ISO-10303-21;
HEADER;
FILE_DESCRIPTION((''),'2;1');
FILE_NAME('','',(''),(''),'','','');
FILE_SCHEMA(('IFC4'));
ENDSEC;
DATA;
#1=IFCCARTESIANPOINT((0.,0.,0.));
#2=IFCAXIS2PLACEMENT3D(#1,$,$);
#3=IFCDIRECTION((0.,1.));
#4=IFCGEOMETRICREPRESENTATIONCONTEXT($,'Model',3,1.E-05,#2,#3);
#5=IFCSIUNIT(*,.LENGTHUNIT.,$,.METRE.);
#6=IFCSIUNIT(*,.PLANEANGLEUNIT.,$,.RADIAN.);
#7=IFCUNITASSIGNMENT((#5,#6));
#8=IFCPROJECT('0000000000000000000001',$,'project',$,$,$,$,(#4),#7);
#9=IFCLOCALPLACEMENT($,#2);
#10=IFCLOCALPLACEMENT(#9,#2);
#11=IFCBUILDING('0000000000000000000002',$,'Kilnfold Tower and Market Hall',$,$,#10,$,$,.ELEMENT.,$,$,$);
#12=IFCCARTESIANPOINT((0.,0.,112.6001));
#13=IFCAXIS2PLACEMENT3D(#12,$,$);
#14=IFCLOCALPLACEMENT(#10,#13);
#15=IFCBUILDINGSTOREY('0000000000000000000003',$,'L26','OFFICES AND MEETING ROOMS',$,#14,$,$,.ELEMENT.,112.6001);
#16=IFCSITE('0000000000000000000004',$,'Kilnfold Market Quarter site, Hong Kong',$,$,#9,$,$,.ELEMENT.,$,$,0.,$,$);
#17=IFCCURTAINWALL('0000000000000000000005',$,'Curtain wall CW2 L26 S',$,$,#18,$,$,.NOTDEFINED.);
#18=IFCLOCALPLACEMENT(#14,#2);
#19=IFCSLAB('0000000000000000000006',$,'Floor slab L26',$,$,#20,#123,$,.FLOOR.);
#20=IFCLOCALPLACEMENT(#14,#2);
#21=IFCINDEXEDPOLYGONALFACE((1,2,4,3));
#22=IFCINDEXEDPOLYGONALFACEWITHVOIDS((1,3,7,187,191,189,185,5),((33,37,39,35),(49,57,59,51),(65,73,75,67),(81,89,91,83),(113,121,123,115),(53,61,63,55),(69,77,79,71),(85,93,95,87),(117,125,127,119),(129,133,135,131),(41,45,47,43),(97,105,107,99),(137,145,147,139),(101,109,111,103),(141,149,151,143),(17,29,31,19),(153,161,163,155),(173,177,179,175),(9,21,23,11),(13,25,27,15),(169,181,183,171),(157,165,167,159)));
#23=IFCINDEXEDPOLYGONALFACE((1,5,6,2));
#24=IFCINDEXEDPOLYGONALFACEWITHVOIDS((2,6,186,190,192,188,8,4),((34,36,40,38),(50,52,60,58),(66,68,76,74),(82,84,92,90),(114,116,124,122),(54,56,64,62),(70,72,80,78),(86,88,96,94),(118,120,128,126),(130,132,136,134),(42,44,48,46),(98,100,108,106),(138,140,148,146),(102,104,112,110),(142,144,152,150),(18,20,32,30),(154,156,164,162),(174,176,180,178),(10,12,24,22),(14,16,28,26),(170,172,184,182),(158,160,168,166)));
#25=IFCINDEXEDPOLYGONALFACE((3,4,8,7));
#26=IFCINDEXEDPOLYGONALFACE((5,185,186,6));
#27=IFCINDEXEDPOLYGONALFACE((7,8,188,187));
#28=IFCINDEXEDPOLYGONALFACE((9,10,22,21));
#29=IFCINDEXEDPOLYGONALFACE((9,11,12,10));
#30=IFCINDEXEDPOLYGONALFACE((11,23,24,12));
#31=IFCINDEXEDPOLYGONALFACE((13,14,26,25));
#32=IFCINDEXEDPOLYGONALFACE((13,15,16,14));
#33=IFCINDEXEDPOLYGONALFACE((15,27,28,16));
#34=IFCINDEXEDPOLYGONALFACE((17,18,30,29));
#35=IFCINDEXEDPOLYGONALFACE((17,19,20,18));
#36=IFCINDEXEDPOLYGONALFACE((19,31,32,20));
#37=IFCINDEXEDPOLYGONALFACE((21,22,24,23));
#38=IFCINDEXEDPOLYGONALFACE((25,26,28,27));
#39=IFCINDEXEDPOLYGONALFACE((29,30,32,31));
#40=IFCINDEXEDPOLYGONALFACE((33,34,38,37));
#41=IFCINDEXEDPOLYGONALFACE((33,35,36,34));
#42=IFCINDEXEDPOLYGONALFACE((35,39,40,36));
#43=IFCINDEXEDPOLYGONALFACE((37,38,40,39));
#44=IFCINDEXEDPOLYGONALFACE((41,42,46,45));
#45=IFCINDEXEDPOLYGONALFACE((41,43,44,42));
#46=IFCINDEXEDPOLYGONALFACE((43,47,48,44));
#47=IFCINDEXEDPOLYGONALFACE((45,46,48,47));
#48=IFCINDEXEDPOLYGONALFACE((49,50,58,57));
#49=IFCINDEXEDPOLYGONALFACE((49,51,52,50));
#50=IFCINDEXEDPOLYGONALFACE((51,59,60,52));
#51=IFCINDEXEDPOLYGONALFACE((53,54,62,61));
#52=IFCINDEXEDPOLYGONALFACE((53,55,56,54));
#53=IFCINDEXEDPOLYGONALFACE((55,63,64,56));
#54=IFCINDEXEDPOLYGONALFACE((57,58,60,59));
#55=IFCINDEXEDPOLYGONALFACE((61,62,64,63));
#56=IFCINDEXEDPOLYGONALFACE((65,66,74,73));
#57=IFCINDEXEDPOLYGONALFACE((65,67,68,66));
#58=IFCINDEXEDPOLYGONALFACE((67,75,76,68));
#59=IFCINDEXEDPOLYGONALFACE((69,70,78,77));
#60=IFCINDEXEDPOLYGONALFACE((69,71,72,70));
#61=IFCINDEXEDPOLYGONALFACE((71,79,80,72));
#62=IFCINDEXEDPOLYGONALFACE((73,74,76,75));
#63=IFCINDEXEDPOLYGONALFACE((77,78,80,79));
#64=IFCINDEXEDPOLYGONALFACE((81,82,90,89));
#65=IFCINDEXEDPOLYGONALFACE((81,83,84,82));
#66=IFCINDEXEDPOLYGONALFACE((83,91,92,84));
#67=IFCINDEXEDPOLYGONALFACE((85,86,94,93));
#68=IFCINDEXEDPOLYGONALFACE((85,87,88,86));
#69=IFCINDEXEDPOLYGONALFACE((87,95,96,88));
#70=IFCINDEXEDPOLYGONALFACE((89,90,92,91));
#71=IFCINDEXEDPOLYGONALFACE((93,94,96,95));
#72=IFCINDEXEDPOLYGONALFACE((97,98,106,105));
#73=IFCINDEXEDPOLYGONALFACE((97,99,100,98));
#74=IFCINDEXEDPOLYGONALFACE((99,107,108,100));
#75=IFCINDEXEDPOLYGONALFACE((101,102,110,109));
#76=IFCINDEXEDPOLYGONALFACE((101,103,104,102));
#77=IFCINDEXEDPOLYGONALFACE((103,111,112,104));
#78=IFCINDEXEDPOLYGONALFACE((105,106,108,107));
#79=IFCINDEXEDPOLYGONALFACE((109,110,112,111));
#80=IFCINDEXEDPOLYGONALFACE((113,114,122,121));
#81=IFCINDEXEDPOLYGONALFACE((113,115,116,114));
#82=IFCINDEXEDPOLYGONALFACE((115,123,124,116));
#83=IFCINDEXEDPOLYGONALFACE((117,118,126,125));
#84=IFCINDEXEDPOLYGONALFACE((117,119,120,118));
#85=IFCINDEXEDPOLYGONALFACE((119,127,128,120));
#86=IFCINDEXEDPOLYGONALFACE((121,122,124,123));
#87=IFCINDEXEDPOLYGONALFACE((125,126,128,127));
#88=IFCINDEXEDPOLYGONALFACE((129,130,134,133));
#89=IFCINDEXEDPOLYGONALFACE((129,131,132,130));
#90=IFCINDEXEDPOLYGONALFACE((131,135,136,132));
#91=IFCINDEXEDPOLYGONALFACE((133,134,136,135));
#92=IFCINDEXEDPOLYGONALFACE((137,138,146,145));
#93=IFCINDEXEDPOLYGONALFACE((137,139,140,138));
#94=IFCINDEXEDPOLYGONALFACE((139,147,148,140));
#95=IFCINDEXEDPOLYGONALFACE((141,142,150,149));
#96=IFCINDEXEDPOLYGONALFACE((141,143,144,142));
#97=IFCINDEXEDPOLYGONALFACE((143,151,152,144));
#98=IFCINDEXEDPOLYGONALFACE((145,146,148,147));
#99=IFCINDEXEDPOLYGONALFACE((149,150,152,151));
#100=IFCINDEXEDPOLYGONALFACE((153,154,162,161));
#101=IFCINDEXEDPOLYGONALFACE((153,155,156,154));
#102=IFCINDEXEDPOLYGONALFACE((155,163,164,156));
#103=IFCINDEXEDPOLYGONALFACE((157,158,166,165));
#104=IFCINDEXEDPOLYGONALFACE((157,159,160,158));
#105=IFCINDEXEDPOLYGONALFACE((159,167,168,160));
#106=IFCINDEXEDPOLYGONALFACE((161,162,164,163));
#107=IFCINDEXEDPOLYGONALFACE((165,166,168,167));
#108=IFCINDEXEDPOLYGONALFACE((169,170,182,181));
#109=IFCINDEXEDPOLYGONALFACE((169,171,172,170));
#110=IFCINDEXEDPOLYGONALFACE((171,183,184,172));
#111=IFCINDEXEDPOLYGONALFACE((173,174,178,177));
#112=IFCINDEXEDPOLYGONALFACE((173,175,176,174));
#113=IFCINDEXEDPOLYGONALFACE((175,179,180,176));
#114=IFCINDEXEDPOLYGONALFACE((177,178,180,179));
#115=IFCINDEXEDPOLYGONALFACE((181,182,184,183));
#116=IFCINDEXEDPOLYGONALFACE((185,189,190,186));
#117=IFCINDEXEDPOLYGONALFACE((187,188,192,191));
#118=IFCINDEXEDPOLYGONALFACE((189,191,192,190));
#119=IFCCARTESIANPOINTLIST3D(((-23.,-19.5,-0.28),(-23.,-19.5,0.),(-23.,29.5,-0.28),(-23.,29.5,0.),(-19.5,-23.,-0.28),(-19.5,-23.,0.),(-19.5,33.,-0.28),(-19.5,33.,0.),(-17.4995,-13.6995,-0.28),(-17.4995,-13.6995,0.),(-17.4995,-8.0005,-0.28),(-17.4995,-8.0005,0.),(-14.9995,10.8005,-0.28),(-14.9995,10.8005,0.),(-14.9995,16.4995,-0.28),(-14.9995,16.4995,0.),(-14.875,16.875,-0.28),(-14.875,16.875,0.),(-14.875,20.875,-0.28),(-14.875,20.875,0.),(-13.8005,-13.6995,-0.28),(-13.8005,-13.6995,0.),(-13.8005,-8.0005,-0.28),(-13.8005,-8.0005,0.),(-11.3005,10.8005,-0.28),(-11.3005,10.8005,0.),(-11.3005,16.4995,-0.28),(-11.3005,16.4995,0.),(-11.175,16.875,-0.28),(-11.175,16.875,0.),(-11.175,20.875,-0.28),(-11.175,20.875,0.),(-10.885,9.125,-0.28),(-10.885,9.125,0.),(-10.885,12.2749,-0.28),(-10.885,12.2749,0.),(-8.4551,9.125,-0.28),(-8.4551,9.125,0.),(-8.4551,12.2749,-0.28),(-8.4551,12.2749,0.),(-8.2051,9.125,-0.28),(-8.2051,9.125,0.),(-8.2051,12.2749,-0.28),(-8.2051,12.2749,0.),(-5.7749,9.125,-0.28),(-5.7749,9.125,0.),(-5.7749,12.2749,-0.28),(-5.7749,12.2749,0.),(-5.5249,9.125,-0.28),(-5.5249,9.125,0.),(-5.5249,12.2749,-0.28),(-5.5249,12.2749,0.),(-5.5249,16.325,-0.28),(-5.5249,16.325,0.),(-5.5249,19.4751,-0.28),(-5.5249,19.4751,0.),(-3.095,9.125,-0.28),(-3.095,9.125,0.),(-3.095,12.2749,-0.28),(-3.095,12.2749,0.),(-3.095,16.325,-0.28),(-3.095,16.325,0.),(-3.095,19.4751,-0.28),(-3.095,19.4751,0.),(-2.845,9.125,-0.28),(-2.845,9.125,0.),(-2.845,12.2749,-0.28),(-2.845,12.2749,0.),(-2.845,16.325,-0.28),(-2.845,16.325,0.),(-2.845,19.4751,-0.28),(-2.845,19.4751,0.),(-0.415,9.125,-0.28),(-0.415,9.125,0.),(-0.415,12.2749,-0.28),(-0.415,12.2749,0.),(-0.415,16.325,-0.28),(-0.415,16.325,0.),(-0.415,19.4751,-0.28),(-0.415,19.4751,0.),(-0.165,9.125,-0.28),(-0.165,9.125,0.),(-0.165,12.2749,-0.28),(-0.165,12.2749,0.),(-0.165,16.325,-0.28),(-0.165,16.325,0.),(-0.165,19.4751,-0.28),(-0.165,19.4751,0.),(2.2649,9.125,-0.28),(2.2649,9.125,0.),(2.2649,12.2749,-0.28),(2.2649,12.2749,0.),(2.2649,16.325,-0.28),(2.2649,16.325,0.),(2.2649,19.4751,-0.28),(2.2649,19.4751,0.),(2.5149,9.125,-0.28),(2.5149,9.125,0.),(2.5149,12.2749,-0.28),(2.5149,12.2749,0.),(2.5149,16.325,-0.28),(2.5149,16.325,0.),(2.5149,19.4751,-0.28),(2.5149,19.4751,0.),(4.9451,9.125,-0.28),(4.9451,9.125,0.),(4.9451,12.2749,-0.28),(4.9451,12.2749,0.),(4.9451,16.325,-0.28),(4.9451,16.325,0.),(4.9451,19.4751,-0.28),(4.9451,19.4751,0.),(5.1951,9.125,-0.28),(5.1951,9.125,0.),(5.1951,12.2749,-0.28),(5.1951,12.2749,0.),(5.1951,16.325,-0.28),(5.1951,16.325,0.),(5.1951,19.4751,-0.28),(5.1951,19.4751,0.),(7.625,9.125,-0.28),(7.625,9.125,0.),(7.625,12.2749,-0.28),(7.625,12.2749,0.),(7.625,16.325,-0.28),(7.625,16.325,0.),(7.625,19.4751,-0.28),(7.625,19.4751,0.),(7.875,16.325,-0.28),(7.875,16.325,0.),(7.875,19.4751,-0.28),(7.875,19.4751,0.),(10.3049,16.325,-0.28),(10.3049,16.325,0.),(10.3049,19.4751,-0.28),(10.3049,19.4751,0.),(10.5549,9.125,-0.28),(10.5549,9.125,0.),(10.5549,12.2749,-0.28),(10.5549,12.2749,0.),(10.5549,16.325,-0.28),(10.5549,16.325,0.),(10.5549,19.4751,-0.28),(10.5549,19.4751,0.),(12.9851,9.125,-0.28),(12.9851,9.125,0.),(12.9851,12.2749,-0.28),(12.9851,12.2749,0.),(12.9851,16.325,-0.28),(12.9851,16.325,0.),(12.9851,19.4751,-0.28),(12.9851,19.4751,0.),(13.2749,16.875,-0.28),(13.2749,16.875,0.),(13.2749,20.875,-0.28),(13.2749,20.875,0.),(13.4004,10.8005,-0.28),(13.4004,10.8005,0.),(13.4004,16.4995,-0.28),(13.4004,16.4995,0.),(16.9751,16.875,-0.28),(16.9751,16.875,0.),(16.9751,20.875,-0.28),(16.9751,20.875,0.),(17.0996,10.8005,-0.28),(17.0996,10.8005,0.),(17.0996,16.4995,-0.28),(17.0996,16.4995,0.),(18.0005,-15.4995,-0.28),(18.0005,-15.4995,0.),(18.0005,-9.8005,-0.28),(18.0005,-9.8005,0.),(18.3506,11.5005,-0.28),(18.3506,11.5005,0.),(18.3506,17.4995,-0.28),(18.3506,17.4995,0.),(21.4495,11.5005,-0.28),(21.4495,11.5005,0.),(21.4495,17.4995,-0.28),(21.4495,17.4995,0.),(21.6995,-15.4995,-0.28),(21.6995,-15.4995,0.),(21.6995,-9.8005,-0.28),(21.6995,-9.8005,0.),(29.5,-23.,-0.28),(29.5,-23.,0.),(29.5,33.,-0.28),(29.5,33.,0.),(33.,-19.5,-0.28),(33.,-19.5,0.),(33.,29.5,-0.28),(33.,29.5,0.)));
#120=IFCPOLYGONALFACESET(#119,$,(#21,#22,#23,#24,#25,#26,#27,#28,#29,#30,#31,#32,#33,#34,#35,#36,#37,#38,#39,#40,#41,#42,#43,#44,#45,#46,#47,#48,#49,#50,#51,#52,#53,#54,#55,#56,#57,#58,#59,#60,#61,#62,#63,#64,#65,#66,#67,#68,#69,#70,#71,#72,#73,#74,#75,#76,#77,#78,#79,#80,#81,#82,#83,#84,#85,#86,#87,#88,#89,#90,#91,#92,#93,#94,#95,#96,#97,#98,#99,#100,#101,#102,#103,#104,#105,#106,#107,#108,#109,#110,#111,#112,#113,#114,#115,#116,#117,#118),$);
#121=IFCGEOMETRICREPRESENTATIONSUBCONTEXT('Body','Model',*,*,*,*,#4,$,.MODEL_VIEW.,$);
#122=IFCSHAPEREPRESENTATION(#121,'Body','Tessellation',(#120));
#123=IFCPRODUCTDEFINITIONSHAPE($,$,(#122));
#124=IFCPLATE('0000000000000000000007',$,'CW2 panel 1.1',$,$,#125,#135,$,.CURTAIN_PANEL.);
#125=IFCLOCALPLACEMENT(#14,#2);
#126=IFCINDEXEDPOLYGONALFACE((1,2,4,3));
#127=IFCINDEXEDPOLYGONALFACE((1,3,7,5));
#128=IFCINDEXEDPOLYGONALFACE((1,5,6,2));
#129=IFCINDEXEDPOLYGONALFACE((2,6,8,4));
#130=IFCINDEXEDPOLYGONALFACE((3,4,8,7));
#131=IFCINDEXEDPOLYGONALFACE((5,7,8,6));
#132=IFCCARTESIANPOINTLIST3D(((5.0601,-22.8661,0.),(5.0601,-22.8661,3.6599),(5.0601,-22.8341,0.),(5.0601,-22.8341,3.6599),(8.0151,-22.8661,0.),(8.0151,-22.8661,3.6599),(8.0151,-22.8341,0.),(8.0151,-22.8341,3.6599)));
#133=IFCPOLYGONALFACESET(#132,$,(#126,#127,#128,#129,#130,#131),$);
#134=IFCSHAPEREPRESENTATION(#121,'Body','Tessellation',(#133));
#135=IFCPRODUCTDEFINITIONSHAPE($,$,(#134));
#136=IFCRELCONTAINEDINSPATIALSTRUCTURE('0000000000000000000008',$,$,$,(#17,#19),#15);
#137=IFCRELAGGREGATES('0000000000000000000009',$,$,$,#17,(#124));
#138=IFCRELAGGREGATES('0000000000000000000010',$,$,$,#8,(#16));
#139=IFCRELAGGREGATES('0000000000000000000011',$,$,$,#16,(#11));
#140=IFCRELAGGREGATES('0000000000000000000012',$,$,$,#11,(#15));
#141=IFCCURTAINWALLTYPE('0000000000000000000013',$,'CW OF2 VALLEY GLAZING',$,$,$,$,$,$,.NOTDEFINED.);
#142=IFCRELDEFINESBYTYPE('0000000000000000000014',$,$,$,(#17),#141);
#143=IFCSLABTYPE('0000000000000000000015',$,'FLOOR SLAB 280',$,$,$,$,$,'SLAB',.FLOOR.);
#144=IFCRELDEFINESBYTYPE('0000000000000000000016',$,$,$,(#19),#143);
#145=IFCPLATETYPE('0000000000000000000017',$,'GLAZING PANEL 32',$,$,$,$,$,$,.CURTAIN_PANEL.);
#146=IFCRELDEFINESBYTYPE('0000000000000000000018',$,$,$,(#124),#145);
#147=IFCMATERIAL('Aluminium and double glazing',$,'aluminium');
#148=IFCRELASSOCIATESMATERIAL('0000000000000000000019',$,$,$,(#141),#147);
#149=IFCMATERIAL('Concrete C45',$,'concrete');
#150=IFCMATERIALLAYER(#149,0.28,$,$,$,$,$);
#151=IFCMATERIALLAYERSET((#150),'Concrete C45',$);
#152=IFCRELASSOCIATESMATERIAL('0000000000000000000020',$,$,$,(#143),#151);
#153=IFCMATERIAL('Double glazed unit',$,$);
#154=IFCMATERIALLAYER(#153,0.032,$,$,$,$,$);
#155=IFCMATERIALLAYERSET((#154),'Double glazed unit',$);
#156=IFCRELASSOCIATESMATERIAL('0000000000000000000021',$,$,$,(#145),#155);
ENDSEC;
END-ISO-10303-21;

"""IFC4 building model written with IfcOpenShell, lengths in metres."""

from ifc_helpers import new_model, si_unit, direction, frame, origin, origin_2d, place, context, subcontext, project, spatial, polyline, rectangle, outline, extrude, source, transform, mapped, material, layer, layer_set, type_object, element, aggregate, save


model = new_model("IFC4")

# Units and contexts
model_context = context("Model", 3, precision=1e-05, world=origin(), true_north=direction((0.0, 1.0)))
body_context = subcontext(model_context, "Body", "Model", "MODEL_VIEW")
ifc_project = project(units=[si_unit("LENGTHUNIT", "METRE"), si_unit("PLANEANGLEUNIT", "RADIAN")], contexts=[model_context])

# Site, building, storey
site_placement = place(None, origin())
site = spatial("IfcSite", under=ifc_project, at=site_placement, Name="Kilnfold Market Quarter site, Hong Kong", CompositionType="ELEMENT", RefElevation=0.0)
building_placement = place(site_placement, origin())
building = spatial("IfcBuilding", under=site, at=building_placement, Name="Kilnfold Tower and Market Hall", CompositionType="ELEMENT")
storey_placement = place(building_placement, frame((0.0, 0.0, 112.6001)))
storey = spatial("IfcBuildingStorey", under=building, at=storey_placement, Name="L26", Description="OFFICES AND MEETING ROOMS", CompositionType="ELEMENT", Elevation=112.6001)

# Curtain wall
ifc_material_1 = material(Name="Aluminium and double glazing", Category="aluminium")
curtain_wall_type = type_object("IfcCurtainWallType", Name="CW OF2 VALLEY GLAZING", PredefinedType="NOTDEFINED", material=ifc_material_1)
curtain_wall_placement = place(storey_placement, origin())
curtain_wall = element("IfcCurtainWall", 1, at=curtain_wall_placement, inside=storey, type_object=curtain_wall_type, Name="Curtain wall CW2 L26 S", PredefinedType="NOTDEFINED")

# Slab
ifc_material_2 = material(Name="Concrete C45", Category="concrete")
ifc_layer_1 = layer(ifc_material_2, 0.28)
ifc_layer_set_1 = layer_set([ifc_layer_1], Name="Concrete C45")
slab_type_1 = type_object("IfcSlabType", Name="FLOOR SLAB 280", ElementType="SLAB", PredefinedType="FLOOR", material=ifc_layer_set_1)
shared_shape_1 = source(origin(), body_context, "Body", "SweptSolid", [
    extrude(outline(polyline([(-19.5, -23.0), (29.5, -23.0), (33.0, -19.5), (33.0, 29.5), (29.5, 33.0), (-19.5, 33.0), (-23.0, 29.5), (-23.0, -19.5), (-19.5, -23.0)]), holes=[polyline([(-13.8005, -13.6995), (-17.4995, -13.6995), (-17.4995, -8.0005), (-13.8005, -8.0005), (-13.8005, -13.6995)]), polyline([(-14.9995, 10.8005), (-14.9995, 16.4995), (-11.3005, 16.4995), (-11.3005, 10.8005), (-14.9995, 10.8005)]), polyline([(-14.875, 16.875), (-14.875, 20.875), (-11.175, 20.875), (-11.175, 16.875), (-14.875, 16.875)]), polyline([(-8.4551, 9.125), (-10.885, 9.125), (-10.885, 12.2749), (-8.4551, 12.2749), (-8.4551, 9.125)]), polyline([(-5.7749, 9.125), (-8.2051, 9.125), (-8.2051, 12.2749), (-5.7749, 12.2749), (-5.7749, 9.125)]), polyline([(-5.5249, 9.125), (-5.5249, 12.2749), (-3.095, 12.2749), (-3.095, 9.125), (-5.5249, 9.125)]), polyline([(-5.5249, 16.325), (-5.5249, 19.4751), (-3.095, 19.4751), (-3.095, 16.325), (-5.5249, 16.325)]), polyline([(-2.845, 9.125), (-2.845, 12.2749), (-0.415, 12.2749), (-0.415, 9.125), (-2.845, 9.125)]), polyline([(-0.415, 16.325), (-2.845, 16.325), (-2.845, 19.4751), (-0.415, 19.4751), (-0.415, 16.325)]), polyline([(2.2649, 9.125), (-0.165, 9.125), (-0.165, 12.2749), (2.2649, 12.2749), (2.2649, 9.125)]), polyline([(-0.165, 16.325), (-0.165, 19.4751), (2.2649, 19.4751), (2.2649, 16.325), (-0.165, 16.325)]), polyline([(4.9451, 9.125), (2.5149, 9.125), (2.5149, 12.2749), (4.9451, 12.2749), (4.9451, 9.125)]), polyline([(2.5149, 16.325), (2.5149, 19.4751), (4.9451, 19.4751), (4.9451, 16.325), (2.5149, 16.325)]), polyline([(7.625, 9.125), (5.1951, 9.125), (5.1951, 12.2749), (7.625, 12.2749), (7.625, 9.125)]), polyline([(5.1951, 16.325), (5.1951, 19.4751), (7.625, 19.4751), (7.625, 16.325), (5.1951, 16.325)]), polyline([(10.3049, 16.325), (7.875, 16.325), (7.875, 19.4751), (10.3049, 19.4751), (10.3049, 16.325)]), polyline([(10.5549, 9.125), (10.5549, 12.2749), (12.9851, 12.2749), (12.9851, 9.125), (10.5549, 9.125)]), polyline([(10.5549, 16.325), (10.5549, 19.4751), (12.9851, 19.4751), (12.9851, 16.325), (10.5549, 16.325)]), polyline([(13.2749, 16.875), (13.2749, 20.875), (16.9751, 20.875), (16.9751, 16.875), (13.2749, 16.875)]), polyline([(13.4004, 10.8005), (13.4004, 16.4995), (17.0996, 16.4995), (17.0996, 10.8005), (13.4004, 10.8005)]), polyline([(18.0005, -9.8005), (21.6995, -9.8005), (21.6995, -15.4995), (18.0005, -15.4995), (18.0005, -9.8005)]), polyline([(21.4495, 11.5005), (18.3506, 11.5005), (18.3506, 17.4995), (21.4495, 17.4995), (21.4495, 11.5005)])]), origin(), (0.0, 0.0, 1.0), 0.28),
])
slab_1_placement = place(storey_placement, frame((0.0, 0.0, -0.28)))
element("IfcSlab", 2, at=slab_1_placement, inside=storey, type_object=slab_type_1, Name="Floor slab L26", PredefinedType="FLOOR", context=body_context, shape_type="MappedRepresentation", body=[
    mapped(shared_shape_1, transform((0.0, 0.0, 0.0))),
])

# Plate
ifc_material_3 = material(Name="Double glazed unit")
ifc_layer_2 = layer(ifc_material_3, 0.032)
ifc_layer_set_2 = layer_set([ifc_layer_2], Name="Double glazed unit")
plate_type = type_object("IfcPlateType", Name="GLAZING PANEL 32", PredefinedType="CURTAIN_PANEL", material=ifc_layer_set_2)
shared_shape_2 = source(origin(), body_context, "Body", "SweptSolid", [
    extrude(rectangle(XDim=2.9551, YDim=0.032, at=origin_2d()), origin(), (0.0, 0.0, 1.0), 3.6599),
])
plate_placement = place(storey_placement, frame((6.5376, -22.8501, 0.0), z_axis=(0.0, 0.0, 1.0), x_axis=(1.0, 0.0, 0.0)))
plate = element("IfcPlate", 3, at=plate_placement, type_object=plate_type, Name="CW2 panel 1.1", PredefinedType="CURTAIN_PANEL", context=body_context, shape_type="MappedRepresentation", body=[
    mapped(shared_shape_2, transform((0.0, 0.0, 0.0))),
])
aggregate(curtain_wall, [plate])

save(model, "model.ifc")
